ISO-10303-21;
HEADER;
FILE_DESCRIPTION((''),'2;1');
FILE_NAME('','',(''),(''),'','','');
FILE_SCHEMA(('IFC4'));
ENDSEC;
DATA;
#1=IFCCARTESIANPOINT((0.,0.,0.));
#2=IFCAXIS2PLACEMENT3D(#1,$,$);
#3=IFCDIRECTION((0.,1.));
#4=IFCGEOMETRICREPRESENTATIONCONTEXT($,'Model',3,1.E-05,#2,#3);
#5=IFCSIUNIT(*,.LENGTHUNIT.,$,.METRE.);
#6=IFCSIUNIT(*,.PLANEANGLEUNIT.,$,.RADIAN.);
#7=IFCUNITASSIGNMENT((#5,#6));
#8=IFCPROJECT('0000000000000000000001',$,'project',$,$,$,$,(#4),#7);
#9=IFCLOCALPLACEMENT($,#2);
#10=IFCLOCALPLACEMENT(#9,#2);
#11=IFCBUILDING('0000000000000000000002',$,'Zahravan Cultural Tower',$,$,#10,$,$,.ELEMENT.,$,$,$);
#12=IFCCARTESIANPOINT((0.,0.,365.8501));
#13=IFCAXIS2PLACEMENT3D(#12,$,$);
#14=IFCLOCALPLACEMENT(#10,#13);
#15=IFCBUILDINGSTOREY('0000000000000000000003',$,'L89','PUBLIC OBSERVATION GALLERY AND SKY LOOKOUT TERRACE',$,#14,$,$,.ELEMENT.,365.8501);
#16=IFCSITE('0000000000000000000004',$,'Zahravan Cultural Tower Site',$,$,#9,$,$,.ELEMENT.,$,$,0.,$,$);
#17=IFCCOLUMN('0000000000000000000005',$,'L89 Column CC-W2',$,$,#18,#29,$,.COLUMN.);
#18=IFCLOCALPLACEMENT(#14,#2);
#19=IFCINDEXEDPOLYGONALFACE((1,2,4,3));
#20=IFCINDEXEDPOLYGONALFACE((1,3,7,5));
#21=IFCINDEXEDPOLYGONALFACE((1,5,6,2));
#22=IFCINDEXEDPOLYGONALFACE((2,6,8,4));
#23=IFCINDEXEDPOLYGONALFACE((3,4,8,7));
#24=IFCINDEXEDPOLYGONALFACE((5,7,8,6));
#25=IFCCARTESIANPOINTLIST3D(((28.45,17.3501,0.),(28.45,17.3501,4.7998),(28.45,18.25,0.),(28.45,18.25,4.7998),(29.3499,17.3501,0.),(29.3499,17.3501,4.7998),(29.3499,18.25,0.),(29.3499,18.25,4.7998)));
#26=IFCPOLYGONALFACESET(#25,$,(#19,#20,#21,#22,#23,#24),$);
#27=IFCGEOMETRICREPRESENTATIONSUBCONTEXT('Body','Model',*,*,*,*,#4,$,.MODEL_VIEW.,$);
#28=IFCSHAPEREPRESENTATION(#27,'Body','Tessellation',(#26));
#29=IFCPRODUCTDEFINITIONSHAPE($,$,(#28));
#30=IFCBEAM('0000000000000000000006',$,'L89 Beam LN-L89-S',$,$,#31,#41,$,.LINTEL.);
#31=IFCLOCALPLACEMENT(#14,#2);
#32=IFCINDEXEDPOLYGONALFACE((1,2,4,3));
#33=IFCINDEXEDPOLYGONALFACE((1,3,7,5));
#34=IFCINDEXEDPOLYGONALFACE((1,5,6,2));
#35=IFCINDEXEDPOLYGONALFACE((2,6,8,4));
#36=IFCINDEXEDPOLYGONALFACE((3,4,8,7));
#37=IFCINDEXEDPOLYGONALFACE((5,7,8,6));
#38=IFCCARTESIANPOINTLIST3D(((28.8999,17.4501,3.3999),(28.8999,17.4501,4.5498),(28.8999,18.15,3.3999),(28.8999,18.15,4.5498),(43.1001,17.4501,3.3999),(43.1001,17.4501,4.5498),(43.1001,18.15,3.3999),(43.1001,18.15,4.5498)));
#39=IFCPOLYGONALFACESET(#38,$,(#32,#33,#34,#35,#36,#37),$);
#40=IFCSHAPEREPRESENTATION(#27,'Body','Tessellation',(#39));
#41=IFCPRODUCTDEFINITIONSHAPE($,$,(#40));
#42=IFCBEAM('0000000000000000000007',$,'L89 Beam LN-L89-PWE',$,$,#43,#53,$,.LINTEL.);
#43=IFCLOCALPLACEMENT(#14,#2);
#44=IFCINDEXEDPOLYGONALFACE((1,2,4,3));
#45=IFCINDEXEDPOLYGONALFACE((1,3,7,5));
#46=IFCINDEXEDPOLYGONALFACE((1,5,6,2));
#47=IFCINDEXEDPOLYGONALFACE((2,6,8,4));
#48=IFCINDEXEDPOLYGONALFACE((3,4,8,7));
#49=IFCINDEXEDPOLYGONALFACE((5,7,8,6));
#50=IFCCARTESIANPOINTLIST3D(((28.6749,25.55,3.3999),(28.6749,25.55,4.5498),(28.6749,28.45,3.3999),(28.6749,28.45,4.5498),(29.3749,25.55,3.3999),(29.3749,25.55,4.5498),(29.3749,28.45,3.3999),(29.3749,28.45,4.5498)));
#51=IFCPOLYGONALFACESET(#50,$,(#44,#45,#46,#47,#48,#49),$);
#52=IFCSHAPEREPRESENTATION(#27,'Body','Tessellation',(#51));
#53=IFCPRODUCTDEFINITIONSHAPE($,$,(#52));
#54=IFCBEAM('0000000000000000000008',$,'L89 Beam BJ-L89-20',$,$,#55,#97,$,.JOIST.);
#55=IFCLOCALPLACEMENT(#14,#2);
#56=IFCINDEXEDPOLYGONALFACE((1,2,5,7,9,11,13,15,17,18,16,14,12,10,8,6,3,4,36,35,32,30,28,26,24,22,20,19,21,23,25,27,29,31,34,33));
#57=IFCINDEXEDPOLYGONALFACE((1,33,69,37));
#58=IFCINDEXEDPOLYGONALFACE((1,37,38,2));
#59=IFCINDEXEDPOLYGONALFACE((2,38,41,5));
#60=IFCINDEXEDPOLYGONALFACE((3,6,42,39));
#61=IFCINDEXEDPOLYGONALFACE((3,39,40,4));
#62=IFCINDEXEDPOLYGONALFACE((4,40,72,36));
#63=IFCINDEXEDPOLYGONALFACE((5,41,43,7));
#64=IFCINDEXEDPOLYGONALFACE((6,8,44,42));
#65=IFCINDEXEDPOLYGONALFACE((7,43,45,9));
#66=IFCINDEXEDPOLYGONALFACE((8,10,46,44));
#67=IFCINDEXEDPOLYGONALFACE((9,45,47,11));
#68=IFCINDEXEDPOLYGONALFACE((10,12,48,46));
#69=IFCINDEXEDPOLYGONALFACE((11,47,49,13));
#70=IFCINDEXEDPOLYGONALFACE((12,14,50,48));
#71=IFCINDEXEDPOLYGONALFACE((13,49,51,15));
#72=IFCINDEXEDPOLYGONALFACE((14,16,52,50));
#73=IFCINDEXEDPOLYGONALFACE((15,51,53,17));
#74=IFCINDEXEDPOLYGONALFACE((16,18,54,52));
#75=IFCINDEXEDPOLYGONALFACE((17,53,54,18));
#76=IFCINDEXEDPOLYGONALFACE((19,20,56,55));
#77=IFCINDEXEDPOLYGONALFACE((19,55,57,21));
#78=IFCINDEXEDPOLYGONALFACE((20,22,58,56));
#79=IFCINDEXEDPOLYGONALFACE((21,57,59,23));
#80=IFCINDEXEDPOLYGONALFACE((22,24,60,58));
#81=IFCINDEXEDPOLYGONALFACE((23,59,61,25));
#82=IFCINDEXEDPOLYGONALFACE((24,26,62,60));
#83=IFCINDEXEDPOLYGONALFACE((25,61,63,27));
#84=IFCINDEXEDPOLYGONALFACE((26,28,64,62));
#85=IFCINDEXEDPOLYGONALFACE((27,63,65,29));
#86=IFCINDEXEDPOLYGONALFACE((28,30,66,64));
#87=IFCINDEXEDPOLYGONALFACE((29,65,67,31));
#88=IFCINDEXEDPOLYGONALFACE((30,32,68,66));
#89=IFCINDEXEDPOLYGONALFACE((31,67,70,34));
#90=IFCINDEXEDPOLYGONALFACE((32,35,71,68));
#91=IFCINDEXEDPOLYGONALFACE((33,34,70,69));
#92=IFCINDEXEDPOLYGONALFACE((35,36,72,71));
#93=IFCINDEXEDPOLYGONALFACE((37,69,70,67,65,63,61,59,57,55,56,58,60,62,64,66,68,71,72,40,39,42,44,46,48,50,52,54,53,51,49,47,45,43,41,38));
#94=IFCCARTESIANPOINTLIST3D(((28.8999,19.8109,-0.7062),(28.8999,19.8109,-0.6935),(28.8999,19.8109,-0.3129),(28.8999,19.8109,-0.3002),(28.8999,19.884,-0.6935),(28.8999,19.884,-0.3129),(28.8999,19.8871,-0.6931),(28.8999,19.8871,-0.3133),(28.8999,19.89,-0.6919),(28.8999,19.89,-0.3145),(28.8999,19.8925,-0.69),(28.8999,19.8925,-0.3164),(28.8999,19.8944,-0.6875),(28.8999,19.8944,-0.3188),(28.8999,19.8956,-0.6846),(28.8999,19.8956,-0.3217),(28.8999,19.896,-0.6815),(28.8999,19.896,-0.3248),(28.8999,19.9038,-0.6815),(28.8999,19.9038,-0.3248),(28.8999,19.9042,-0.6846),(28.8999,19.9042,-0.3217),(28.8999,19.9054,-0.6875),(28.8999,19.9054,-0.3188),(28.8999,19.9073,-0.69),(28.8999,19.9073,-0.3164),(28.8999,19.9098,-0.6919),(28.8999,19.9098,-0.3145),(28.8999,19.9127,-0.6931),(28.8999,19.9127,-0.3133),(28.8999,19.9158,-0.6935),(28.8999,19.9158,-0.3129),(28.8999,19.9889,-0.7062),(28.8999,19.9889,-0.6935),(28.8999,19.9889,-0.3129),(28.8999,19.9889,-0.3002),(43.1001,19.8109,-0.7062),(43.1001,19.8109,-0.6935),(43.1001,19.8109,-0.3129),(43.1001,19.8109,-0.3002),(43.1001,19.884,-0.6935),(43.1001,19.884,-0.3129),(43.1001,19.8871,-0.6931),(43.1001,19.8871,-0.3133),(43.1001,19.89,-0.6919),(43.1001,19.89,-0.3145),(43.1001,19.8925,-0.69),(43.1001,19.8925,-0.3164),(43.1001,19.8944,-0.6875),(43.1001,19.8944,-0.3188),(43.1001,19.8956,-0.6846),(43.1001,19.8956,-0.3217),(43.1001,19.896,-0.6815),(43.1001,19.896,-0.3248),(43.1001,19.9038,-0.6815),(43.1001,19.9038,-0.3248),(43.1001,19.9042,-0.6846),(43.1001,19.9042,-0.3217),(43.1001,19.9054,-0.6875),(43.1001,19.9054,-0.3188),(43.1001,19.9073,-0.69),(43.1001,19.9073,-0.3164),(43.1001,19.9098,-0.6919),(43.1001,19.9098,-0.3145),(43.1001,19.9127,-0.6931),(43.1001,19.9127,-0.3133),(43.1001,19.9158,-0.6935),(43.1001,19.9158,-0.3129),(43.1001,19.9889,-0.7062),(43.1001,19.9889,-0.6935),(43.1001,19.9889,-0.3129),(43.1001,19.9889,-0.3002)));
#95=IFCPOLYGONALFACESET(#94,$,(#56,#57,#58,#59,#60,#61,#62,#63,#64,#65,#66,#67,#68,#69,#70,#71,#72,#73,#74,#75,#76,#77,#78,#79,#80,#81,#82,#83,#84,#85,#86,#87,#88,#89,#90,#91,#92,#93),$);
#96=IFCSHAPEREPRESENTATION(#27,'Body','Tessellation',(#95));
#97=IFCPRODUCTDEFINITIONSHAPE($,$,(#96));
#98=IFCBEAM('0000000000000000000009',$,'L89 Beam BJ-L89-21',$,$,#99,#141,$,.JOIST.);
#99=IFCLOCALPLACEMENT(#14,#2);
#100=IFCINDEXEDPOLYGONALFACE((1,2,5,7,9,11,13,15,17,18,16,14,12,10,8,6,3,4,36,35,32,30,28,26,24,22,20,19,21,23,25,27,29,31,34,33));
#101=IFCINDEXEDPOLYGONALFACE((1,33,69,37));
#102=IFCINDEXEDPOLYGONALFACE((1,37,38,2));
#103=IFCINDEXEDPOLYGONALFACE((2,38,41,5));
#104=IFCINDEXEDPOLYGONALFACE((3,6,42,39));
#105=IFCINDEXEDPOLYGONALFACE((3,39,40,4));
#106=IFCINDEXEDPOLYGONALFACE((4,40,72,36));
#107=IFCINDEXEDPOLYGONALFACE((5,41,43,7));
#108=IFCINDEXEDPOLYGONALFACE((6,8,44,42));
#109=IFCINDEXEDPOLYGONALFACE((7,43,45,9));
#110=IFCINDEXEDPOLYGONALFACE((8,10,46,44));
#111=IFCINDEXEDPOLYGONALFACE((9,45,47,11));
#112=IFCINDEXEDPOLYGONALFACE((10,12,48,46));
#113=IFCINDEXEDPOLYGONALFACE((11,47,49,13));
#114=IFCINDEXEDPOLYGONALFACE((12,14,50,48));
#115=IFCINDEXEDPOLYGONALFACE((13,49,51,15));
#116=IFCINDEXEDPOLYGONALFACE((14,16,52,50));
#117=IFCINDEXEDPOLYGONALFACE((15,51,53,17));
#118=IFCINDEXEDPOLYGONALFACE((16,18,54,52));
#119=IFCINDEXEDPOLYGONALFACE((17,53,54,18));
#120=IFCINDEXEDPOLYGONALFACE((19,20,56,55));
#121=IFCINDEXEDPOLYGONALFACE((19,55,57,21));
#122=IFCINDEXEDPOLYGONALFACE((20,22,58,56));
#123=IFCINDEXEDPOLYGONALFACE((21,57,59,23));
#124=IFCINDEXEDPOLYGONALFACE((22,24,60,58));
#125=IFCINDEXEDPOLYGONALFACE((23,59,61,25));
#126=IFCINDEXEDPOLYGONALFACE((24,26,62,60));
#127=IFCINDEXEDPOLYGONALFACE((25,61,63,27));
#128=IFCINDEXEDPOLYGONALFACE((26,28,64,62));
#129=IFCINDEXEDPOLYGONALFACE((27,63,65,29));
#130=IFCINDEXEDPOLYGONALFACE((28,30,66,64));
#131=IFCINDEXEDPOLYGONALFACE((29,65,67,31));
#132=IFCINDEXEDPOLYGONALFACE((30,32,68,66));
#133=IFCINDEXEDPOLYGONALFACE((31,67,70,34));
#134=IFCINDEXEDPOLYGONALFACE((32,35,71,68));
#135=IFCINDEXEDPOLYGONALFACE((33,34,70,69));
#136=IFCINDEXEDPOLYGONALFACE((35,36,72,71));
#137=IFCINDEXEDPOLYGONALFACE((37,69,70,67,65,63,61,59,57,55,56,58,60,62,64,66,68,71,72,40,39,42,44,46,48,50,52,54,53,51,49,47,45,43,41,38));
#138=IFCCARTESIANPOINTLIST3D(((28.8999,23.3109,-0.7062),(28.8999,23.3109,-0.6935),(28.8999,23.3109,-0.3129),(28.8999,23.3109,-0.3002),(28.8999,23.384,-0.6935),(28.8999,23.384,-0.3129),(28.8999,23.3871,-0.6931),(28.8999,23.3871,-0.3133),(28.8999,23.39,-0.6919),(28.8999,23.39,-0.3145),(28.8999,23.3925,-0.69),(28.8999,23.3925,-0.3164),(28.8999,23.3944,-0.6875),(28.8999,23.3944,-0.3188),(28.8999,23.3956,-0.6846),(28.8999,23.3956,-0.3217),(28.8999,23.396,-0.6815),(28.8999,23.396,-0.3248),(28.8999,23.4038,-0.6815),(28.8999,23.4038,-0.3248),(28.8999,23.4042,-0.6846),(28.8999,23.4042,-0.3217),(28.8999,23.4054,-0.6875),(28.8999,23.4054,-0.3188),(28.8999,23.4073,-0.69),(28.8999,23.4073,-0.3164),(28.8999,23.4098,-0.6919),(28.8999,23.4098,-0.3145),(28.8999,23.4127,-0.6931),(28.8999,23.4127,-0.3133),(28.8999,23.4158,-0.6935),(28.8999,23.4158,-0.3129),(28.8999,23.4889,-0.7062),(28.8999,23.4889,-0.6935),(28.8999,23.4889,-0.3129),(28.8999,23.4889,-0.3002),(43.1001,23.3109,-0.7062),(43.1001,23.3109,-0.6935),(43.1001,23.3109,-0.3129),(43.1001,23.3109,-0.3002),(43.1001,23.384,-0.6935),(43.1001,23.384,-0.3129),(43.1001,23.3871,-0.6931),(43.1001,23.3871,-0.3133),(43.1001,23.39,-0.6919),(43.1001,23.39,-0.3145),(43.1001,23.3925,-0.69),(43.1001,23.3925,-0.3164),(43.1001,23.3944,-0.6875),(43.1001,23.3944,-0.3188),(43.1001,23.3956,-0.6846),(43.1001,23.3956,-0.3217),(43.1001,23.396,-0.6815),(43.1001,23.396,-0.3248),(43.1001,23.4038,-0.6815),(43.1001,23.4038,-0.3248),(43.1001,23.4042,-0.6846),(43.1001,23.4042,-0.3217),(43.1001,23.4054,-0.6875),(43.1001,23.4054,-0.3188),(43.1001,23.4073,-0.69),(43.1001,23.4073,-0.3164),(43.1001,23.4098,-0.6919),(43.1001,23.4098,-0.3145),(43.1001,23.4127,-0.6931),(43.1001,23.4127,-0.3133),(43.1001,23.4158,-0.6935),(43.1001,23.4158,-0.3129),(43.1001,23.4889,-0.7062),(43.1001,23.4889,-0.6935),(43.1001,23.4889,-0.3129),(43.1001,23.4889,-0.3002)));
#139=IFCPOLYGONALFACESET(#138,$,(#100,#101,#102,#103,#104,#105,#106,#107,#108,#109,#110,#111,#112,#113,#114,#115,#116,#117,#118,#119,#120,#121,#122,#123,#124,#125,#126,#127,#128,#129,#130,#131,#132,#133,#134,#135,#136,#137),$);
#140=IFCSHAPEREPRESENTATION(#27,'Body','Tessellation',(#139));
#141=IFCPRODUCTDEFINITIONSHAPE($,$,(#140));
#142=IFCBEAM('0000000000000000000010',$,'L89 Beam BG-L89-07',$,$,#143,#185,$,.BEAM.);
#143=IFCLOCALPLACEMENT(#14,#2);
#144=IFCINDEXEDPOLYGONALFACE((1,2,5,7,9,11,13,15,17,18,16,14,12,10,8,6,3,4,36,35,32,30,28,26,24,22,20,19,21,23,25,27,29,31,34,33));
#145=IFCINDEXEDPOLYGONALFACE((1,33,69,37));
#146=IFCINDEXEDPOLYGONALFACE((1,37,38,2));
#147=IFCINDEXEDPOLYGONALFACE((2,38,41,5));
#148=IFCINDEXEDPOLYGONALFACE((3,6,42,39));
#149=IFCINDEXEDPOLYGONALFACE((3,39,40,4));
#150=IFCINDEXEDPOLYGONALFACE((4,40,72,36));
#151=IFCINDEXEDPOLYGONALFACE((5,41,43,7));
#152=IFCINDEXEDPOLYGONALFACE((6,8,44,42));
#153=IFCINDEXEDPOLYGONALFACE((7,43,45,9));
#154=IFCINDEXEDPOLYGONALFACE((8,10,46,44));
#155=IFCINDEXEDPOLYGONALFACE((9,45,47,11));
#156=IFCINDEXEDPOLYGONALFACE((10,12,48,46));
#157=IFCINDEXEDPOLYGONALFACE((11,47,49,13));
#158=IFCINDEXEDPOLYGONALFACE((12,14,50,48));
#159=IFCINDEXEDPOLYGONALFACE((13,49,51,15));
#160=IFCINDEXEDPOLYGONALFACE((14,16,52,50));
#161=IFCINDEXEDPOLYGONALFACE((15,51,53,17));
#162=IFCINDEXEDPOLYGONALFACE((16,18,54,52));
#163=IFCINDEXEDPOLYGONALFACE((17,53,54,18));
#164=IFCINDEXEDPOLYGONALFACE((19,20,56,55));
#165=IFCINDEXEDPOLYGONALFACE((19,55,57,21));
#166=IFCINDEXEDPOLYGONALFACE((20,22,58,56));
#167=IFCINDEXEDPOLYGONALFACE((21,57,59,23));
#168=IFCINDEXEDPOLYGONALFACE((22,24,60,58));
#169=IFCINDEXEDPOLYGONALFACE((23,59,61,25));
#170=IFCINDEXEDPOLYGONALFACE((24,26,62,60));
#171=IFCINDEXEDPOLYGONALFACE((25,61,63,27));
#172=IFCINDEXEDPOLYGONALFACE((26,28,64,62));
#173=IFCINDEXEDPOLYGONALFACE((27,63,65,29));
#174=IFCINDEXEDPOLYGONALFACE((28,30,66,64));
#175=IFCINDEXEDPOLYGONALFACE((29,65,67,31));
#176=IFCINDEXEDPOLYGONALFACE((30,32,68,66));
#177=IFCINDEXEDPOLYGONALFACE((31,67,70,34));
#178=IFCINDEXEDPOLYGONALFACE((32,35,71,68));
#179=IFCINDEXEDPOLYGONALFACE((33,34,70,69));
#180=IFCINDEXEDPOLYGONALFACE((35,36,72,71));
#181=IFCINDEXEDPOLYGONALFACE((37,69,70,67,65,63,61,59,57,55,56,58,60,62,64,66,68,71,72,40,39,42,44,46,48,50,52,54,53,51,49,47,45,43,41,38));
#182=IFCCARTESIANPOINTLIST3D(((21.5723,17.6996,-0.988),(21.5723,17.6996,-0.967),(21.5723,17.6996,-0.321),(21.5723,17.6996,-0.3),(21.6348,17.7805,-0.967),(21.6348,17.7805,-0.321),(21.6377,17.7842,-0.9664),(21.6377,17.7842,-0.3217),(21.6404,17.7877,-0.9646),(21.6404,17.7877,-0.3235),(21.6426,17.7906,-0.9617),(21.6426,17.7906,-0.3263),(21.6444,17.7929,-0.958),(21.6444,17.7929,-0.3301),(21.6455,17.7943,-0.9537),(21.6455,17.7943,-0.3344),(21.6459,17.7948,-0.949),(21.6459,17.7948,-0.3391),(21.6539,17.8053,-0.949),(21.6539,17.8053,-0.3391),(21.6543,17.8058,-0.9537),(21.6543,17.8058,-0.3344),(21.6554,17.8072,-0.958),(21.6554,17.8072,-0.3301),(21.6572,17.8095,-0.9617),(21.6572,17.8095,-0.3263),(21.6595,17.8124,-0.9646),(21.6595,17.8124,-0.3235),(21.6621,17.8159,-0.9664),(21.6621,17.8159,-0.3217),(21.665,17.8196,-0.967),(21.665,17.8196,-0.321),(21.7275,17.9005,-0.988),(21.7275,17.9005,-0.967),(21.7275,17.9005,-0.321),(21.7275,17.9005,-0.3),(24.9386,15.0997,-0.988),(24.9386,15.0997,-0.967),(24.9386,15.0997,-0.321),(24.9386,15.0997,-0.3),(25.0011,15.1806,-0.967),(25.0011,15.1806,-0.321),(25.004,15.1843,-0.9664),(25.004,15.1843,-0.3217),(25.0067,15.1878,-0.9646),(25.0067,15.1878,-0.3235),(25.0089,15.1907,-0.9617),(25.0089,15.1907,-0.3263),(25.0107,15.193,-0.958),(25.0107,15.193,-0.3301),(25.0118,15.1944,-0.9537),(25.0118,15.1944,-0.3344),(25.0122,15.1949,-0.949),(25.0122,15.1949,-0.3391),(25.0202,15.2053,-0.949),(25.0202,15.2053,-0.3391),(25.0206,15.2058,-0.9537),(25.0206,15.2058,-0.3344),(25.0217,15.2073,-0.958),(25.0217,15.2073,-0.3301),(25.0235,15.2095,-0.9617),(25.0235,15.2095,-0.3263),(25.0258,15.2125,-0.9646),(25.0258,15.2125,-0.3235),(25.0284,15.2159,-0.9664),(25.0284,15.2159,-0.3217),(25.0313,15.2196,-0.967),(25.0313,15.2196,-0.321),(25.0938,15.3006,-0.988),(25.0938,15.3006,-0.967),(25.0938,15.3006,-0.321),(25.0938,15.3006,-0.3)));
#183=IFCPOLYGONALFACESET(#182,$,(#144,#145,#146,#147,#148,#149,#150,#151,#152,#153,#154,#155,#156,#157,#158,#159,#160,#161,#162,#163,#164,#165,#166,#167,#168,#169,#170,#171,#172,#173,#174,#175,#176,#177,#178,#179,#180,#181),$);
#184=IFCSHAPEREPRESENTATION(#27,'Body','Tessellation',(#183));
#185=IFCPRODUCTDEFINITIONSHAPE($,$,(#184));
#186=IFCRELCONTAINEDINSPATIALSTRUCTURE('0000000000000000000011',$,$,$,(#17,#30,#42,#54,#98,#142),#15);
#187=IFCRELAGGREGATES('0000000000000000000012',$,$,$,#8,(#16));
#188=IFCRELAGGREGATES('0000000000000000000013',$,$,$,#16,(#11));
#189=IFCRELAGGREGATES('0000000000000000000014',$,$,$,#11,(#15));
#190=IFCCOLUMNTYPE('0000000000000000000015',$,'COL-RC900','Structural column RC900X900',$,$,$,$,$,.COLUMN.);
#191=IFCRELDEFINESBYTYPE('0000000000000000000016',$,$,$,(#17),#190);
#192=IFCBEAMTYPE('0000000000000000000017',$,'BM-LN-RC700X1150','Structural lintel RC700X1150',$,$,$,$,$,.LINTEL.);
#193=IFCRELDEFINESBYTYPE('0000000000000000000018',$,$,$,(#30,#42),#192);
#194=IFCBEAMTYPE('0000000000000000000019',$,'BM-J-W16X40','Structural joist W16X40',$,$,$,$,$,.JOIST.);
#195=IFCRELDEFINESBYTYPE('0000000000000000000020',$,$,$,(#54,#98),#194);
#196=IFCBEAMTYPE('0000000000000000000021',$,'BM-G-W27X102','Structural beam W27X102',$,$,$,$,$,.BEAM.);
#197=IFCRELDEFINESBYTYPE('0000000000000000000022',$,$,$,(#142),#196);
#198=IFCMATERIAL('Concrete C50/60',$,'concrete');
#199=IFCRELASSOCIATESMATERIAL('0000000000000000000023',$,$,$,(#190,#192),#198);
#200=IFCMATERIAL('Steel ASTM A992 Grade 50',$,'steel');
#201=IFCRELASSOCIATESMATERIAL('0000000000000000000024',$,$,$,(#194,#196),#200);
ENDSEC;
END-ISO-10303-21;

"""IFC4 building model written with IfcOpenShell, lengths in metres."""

from ifc_helpers import new_model, si_unit, direction, frame, origin, origin_2d, place, context, subcontext, project, spatial, rectangle, i_section, extrude, source, transform, mapped, material, material_profile, profile_set, type_object, element, save


model = new_model("IFC4")

# Units and contexts
model_context = context("Model", 3, precision=1e-05, world=origin(), true_north=direction((0.0, 1.0)))
body_context = subcontext(model_context, "Body", "Model", "MODEL_VIEW")
ifc_project = project(units=[si_unit("LENGTHUNIT", "METRE"), si_unit("PLANEANGLEUNIT", "RADIAN")], contexts=[model_context])

# Site, building, storey
site_placement = place(None, origin())
site = spatial("IfcSite", under=ifc_project, at=site_placement, Name="Zahravan Cultural Tower Site", CompositionType="ELEMENT", RefElevation=0.0)
building_placement = place(site_placement, origin())
building = spatial("IfcBuilding", under=site, at=building_placement, Name="Zahravan Cultural Tower", CompositionType="ELEMENT")
storey_placement = place(building_placement, frame((0.0, 0.0, 365.8501)))
storey = spatial("IfcBuildingStorey", under=building, at=storey_placement, Name="L89", Description="PUBLIC OBSERVATION GALLERY AND SKY LOOKOUT TERRACE", CompositionType="ELEMENT", Elevation=365.8501)

# Column
ifc_material_1 = material(Name="Concrete C50/60", Category="concrete")
ifc_material_profile_1 = material_profile(ifc_material_1, rectangle(XDim=0.8999, YDim=0.8999, at=origin_2d()), Name="RC900X900")
ifc_profile_set_1 = profile_set([ifc_material_profile_1], Name="Concrete C50/60")
column_type = type_object("IfcColumnType", Name="COL-RC900", Description="Structural column RC900X900", PredefinedType="COLUMN", material=ifc_profile_set_1)
shared_shape_1 = source(origin(), body_context, "Body", "SweptSolid", [
    extrude(rectangle(XDim=0.8999, YDim=0.8999, at=origin_2d()), origin(), (0.0, 0.0, 1.0), 4.7998),
])
column_placement = place(storey_placement, frame((28.8999, 17.8, 0.0), z_axis=(0.0, 0.0, 1.0), x_axis=(1.0, 0.0, 0.0)))
element("IfcColumn", 1, at=column_placement, inside=storey, type_object=column_type, Name="L89 Column CC-W2", PredefinedType="COLUMN", context=body_context, shape_type="MappedRepresentation", body=[
    mapped(shared_shape_1, transform((0.0, 0.0, 0.0), x_axis=(1.0, 0.0, 0.0), y_axis=(0.0, 1.0, 0.0), z_axis=(0.0, 0.0, 1.0), scale=1.0)),
])

# Beams
ifc_material_profile_2 = material_profile(ifc_material_1, rectangle(XDim=0.7, YDim=1.1499, at=origin_2d()), Name="RC700X1150")
ifc_profile_set_2 = profile_set([ifc_material_profile_2], Name="Concrete C50/60")
beam_type_1 = type_object("IfcBeamType", Name="BM-LN-RC700X1150", Description="Structural lintel RC700X1150", PredefinedType="LINTEL", material=ifc_profile_set_2)
shared_shape_2 = source(origin(), body_context, "Body", "SweptSolid", [
    extrude(rectangle(XDim=0.7, YDim=1.1499, at=origin_2d()), origin(), (0.0, 0.0, 1.0), 14.2002),
])
beam_1_placement = place(storey_placement, frame((28.8999, 17.8, 3.9749), z_axis=(1.0, 0.0, 0.0), x_axis=(0.0, 1.0, 0.0)))
element("IfcBeam", 2, at=beam_1_placement, inside=storey, type_object=beam_type_1, Name="L89 Beam LN-L89-S", PredefinedType="LINTEL", context=body_context, shape_type="MappedRepresentation", body=[
    mapped(shared_shape_2, transform((0.0, 0.0, 0.0), x_axis=(1.0, 0.0, 0.0), y_axis=(0.0, 1.0, 0.0), z_axis=(0.0, 0.0, 1.0), scale=1.0)),
])
shared_shape_3 = source(origin(), body_context, "Body", "SweptSolid", [
    extrude(rectangle(XDim=0.7, YDim=1.1499, at=origin_2d()), origin(), (0.0, 0.0, 1.0), 2.8999),
])
beam_2_placement = place(storey_placement, frame((29.0249, 25.55, 3.9749), z_axis=(0.0, 1.0, 0.0), x_axis=(-1.0, 0.0, 0.0)))
element("IfcBeam", 3, at=beam_2_placement, inside=storey, type_object=beam_type_1, Name="L89 Beam LN-L89-PWE", PredefinedType="LINTEL", context=body_context, shape_type="MappedRepresentation", body=[
    mapped(shared_shape_3, transform((0.0, 0.0, 0.0), x_axis=(1.0, 0.0, 0.0), y_axis=(0.0, 1.0, 0.0), z_axis=(0.0, 0.0, 1.0), scale=1.0)),
])
ifc_material_2 = material(Name="Steel ASTM A992 Grade 50", Category="steel")
ifc_material_profile_3 = material_profile(ifc_material_2, i_section(OverallWidth=0.178, OverallDepth=0.406, WebThickness=0.0078, FlangeThickness=0.0127, FilletRadius=0.012, at=origin_2d()), Name="W16X40")
ifc_profile_set_3 = profile_set([ifc_material_profile_3], Name="Steel ASTM A992 Grade 50")
beam_type_2 = type_object("IfcBeamType", Name="BM-J-W16X40", Description="Structural joist W16X40", PredefinedType="JOIST", material=ifc_profile_set_3)
shared_shape_4 = source(origin(), body_context, "Body", "SweptSolid", [
    extrude(i_section(OverallWidth=0.178, OverallDepth=0.406, WebThickness=0.0078, FlangeThickness=0.0127, FilletRadius=0.012, at=origin_2d()), origin(), (0.0, 0.0, 1.0), 14.2002),
])
for number, where, z_axis, x_axis, name in (
    (4, (28.8999, 19.8999, -0.5032), (1.0, 0.0, 0.0), (0.0, 1.0, 0.0), "L89 Beam BJ-L89-20"),
    (5, (28.8999, 23.3999, -0.5032), (1.0, 0.0, 0.0), (0.0, 1.0, 0.0), "L89 Beam BJ-L89-21"),
):
    element("IfcBeam", number, at=place(storey_placement, frame(where, z_axis=z_axis, x_axis=x_axis)), inside=storey, type_object=beam_type_2, Name=name, PredefinedType="JOIST", context=body_context, shape_type="MappedRepresentation", body=[
        mapped(shared_shape_4, transform((0.0, 0.0, 0.0), x_axis=(1.0, 0.0, 0.0), y_axis=(0.0, 1.0, 0.0), z_axis=(0.0, 0.0, 1.0), scale=1.0)),
    ])
ifc_material_profile_4 = material_profile(ifc_material_2, i_section(OverallWidth=0.2539, OverallDepth=0.688, WebThickness=0.0132, FlangeThickness=0.021, FilletRadius=0.0181, at=origin_2d()), Name="W27X102")
ifc_profile_set_4 = profile_set([ifc_material_profile_4], Name="Steel ASTM A992 Grade 50")
beam_type_3 = type_object("IfcBeamType", Name="BM-G-W27X102", Description="Structural beam W27X102", PredefinedType="BEAM", material=ifc_profile_set_4)
shared_shape_5 = source(origin(), body_context, "Body", "SweptSolid", [
    extrude(i_section(OverallWidth=0.2539, OverallDepth=0.688, WebThickness=0.0132, FlangeThickness=0.021, FilletRadius=0.0181, at=origin_2d()), origin(), (0.0, 0.0, 1.0), 4.2534),
])
beam_3_placement = place(storey_placement, frame((21.6499, 17.8, -0.644), z_axis=(0.791434, -0.611255, 0.0), x_axis=(0.611255, 0.791434, 0.0)))
element("IfcBeam", 6, at=beam_3_placement, inside=storey, type_object=beam_type_3, Name="L89 Beam BG-L89-07", PredefinedType="BEAM", context=body_context, shape_type="MappedRepresentation", body=[
    mapped(shared_shape_5, transform((0.0, 0.0, 0.0), x_axis=(1.0, 0.0, 0.0), y_axis=(0.0, 1.0, 0.0), z_axis=(0.0, 0.0, 1.0), scale=1.0)),
])

save(model, "model.ifc")
